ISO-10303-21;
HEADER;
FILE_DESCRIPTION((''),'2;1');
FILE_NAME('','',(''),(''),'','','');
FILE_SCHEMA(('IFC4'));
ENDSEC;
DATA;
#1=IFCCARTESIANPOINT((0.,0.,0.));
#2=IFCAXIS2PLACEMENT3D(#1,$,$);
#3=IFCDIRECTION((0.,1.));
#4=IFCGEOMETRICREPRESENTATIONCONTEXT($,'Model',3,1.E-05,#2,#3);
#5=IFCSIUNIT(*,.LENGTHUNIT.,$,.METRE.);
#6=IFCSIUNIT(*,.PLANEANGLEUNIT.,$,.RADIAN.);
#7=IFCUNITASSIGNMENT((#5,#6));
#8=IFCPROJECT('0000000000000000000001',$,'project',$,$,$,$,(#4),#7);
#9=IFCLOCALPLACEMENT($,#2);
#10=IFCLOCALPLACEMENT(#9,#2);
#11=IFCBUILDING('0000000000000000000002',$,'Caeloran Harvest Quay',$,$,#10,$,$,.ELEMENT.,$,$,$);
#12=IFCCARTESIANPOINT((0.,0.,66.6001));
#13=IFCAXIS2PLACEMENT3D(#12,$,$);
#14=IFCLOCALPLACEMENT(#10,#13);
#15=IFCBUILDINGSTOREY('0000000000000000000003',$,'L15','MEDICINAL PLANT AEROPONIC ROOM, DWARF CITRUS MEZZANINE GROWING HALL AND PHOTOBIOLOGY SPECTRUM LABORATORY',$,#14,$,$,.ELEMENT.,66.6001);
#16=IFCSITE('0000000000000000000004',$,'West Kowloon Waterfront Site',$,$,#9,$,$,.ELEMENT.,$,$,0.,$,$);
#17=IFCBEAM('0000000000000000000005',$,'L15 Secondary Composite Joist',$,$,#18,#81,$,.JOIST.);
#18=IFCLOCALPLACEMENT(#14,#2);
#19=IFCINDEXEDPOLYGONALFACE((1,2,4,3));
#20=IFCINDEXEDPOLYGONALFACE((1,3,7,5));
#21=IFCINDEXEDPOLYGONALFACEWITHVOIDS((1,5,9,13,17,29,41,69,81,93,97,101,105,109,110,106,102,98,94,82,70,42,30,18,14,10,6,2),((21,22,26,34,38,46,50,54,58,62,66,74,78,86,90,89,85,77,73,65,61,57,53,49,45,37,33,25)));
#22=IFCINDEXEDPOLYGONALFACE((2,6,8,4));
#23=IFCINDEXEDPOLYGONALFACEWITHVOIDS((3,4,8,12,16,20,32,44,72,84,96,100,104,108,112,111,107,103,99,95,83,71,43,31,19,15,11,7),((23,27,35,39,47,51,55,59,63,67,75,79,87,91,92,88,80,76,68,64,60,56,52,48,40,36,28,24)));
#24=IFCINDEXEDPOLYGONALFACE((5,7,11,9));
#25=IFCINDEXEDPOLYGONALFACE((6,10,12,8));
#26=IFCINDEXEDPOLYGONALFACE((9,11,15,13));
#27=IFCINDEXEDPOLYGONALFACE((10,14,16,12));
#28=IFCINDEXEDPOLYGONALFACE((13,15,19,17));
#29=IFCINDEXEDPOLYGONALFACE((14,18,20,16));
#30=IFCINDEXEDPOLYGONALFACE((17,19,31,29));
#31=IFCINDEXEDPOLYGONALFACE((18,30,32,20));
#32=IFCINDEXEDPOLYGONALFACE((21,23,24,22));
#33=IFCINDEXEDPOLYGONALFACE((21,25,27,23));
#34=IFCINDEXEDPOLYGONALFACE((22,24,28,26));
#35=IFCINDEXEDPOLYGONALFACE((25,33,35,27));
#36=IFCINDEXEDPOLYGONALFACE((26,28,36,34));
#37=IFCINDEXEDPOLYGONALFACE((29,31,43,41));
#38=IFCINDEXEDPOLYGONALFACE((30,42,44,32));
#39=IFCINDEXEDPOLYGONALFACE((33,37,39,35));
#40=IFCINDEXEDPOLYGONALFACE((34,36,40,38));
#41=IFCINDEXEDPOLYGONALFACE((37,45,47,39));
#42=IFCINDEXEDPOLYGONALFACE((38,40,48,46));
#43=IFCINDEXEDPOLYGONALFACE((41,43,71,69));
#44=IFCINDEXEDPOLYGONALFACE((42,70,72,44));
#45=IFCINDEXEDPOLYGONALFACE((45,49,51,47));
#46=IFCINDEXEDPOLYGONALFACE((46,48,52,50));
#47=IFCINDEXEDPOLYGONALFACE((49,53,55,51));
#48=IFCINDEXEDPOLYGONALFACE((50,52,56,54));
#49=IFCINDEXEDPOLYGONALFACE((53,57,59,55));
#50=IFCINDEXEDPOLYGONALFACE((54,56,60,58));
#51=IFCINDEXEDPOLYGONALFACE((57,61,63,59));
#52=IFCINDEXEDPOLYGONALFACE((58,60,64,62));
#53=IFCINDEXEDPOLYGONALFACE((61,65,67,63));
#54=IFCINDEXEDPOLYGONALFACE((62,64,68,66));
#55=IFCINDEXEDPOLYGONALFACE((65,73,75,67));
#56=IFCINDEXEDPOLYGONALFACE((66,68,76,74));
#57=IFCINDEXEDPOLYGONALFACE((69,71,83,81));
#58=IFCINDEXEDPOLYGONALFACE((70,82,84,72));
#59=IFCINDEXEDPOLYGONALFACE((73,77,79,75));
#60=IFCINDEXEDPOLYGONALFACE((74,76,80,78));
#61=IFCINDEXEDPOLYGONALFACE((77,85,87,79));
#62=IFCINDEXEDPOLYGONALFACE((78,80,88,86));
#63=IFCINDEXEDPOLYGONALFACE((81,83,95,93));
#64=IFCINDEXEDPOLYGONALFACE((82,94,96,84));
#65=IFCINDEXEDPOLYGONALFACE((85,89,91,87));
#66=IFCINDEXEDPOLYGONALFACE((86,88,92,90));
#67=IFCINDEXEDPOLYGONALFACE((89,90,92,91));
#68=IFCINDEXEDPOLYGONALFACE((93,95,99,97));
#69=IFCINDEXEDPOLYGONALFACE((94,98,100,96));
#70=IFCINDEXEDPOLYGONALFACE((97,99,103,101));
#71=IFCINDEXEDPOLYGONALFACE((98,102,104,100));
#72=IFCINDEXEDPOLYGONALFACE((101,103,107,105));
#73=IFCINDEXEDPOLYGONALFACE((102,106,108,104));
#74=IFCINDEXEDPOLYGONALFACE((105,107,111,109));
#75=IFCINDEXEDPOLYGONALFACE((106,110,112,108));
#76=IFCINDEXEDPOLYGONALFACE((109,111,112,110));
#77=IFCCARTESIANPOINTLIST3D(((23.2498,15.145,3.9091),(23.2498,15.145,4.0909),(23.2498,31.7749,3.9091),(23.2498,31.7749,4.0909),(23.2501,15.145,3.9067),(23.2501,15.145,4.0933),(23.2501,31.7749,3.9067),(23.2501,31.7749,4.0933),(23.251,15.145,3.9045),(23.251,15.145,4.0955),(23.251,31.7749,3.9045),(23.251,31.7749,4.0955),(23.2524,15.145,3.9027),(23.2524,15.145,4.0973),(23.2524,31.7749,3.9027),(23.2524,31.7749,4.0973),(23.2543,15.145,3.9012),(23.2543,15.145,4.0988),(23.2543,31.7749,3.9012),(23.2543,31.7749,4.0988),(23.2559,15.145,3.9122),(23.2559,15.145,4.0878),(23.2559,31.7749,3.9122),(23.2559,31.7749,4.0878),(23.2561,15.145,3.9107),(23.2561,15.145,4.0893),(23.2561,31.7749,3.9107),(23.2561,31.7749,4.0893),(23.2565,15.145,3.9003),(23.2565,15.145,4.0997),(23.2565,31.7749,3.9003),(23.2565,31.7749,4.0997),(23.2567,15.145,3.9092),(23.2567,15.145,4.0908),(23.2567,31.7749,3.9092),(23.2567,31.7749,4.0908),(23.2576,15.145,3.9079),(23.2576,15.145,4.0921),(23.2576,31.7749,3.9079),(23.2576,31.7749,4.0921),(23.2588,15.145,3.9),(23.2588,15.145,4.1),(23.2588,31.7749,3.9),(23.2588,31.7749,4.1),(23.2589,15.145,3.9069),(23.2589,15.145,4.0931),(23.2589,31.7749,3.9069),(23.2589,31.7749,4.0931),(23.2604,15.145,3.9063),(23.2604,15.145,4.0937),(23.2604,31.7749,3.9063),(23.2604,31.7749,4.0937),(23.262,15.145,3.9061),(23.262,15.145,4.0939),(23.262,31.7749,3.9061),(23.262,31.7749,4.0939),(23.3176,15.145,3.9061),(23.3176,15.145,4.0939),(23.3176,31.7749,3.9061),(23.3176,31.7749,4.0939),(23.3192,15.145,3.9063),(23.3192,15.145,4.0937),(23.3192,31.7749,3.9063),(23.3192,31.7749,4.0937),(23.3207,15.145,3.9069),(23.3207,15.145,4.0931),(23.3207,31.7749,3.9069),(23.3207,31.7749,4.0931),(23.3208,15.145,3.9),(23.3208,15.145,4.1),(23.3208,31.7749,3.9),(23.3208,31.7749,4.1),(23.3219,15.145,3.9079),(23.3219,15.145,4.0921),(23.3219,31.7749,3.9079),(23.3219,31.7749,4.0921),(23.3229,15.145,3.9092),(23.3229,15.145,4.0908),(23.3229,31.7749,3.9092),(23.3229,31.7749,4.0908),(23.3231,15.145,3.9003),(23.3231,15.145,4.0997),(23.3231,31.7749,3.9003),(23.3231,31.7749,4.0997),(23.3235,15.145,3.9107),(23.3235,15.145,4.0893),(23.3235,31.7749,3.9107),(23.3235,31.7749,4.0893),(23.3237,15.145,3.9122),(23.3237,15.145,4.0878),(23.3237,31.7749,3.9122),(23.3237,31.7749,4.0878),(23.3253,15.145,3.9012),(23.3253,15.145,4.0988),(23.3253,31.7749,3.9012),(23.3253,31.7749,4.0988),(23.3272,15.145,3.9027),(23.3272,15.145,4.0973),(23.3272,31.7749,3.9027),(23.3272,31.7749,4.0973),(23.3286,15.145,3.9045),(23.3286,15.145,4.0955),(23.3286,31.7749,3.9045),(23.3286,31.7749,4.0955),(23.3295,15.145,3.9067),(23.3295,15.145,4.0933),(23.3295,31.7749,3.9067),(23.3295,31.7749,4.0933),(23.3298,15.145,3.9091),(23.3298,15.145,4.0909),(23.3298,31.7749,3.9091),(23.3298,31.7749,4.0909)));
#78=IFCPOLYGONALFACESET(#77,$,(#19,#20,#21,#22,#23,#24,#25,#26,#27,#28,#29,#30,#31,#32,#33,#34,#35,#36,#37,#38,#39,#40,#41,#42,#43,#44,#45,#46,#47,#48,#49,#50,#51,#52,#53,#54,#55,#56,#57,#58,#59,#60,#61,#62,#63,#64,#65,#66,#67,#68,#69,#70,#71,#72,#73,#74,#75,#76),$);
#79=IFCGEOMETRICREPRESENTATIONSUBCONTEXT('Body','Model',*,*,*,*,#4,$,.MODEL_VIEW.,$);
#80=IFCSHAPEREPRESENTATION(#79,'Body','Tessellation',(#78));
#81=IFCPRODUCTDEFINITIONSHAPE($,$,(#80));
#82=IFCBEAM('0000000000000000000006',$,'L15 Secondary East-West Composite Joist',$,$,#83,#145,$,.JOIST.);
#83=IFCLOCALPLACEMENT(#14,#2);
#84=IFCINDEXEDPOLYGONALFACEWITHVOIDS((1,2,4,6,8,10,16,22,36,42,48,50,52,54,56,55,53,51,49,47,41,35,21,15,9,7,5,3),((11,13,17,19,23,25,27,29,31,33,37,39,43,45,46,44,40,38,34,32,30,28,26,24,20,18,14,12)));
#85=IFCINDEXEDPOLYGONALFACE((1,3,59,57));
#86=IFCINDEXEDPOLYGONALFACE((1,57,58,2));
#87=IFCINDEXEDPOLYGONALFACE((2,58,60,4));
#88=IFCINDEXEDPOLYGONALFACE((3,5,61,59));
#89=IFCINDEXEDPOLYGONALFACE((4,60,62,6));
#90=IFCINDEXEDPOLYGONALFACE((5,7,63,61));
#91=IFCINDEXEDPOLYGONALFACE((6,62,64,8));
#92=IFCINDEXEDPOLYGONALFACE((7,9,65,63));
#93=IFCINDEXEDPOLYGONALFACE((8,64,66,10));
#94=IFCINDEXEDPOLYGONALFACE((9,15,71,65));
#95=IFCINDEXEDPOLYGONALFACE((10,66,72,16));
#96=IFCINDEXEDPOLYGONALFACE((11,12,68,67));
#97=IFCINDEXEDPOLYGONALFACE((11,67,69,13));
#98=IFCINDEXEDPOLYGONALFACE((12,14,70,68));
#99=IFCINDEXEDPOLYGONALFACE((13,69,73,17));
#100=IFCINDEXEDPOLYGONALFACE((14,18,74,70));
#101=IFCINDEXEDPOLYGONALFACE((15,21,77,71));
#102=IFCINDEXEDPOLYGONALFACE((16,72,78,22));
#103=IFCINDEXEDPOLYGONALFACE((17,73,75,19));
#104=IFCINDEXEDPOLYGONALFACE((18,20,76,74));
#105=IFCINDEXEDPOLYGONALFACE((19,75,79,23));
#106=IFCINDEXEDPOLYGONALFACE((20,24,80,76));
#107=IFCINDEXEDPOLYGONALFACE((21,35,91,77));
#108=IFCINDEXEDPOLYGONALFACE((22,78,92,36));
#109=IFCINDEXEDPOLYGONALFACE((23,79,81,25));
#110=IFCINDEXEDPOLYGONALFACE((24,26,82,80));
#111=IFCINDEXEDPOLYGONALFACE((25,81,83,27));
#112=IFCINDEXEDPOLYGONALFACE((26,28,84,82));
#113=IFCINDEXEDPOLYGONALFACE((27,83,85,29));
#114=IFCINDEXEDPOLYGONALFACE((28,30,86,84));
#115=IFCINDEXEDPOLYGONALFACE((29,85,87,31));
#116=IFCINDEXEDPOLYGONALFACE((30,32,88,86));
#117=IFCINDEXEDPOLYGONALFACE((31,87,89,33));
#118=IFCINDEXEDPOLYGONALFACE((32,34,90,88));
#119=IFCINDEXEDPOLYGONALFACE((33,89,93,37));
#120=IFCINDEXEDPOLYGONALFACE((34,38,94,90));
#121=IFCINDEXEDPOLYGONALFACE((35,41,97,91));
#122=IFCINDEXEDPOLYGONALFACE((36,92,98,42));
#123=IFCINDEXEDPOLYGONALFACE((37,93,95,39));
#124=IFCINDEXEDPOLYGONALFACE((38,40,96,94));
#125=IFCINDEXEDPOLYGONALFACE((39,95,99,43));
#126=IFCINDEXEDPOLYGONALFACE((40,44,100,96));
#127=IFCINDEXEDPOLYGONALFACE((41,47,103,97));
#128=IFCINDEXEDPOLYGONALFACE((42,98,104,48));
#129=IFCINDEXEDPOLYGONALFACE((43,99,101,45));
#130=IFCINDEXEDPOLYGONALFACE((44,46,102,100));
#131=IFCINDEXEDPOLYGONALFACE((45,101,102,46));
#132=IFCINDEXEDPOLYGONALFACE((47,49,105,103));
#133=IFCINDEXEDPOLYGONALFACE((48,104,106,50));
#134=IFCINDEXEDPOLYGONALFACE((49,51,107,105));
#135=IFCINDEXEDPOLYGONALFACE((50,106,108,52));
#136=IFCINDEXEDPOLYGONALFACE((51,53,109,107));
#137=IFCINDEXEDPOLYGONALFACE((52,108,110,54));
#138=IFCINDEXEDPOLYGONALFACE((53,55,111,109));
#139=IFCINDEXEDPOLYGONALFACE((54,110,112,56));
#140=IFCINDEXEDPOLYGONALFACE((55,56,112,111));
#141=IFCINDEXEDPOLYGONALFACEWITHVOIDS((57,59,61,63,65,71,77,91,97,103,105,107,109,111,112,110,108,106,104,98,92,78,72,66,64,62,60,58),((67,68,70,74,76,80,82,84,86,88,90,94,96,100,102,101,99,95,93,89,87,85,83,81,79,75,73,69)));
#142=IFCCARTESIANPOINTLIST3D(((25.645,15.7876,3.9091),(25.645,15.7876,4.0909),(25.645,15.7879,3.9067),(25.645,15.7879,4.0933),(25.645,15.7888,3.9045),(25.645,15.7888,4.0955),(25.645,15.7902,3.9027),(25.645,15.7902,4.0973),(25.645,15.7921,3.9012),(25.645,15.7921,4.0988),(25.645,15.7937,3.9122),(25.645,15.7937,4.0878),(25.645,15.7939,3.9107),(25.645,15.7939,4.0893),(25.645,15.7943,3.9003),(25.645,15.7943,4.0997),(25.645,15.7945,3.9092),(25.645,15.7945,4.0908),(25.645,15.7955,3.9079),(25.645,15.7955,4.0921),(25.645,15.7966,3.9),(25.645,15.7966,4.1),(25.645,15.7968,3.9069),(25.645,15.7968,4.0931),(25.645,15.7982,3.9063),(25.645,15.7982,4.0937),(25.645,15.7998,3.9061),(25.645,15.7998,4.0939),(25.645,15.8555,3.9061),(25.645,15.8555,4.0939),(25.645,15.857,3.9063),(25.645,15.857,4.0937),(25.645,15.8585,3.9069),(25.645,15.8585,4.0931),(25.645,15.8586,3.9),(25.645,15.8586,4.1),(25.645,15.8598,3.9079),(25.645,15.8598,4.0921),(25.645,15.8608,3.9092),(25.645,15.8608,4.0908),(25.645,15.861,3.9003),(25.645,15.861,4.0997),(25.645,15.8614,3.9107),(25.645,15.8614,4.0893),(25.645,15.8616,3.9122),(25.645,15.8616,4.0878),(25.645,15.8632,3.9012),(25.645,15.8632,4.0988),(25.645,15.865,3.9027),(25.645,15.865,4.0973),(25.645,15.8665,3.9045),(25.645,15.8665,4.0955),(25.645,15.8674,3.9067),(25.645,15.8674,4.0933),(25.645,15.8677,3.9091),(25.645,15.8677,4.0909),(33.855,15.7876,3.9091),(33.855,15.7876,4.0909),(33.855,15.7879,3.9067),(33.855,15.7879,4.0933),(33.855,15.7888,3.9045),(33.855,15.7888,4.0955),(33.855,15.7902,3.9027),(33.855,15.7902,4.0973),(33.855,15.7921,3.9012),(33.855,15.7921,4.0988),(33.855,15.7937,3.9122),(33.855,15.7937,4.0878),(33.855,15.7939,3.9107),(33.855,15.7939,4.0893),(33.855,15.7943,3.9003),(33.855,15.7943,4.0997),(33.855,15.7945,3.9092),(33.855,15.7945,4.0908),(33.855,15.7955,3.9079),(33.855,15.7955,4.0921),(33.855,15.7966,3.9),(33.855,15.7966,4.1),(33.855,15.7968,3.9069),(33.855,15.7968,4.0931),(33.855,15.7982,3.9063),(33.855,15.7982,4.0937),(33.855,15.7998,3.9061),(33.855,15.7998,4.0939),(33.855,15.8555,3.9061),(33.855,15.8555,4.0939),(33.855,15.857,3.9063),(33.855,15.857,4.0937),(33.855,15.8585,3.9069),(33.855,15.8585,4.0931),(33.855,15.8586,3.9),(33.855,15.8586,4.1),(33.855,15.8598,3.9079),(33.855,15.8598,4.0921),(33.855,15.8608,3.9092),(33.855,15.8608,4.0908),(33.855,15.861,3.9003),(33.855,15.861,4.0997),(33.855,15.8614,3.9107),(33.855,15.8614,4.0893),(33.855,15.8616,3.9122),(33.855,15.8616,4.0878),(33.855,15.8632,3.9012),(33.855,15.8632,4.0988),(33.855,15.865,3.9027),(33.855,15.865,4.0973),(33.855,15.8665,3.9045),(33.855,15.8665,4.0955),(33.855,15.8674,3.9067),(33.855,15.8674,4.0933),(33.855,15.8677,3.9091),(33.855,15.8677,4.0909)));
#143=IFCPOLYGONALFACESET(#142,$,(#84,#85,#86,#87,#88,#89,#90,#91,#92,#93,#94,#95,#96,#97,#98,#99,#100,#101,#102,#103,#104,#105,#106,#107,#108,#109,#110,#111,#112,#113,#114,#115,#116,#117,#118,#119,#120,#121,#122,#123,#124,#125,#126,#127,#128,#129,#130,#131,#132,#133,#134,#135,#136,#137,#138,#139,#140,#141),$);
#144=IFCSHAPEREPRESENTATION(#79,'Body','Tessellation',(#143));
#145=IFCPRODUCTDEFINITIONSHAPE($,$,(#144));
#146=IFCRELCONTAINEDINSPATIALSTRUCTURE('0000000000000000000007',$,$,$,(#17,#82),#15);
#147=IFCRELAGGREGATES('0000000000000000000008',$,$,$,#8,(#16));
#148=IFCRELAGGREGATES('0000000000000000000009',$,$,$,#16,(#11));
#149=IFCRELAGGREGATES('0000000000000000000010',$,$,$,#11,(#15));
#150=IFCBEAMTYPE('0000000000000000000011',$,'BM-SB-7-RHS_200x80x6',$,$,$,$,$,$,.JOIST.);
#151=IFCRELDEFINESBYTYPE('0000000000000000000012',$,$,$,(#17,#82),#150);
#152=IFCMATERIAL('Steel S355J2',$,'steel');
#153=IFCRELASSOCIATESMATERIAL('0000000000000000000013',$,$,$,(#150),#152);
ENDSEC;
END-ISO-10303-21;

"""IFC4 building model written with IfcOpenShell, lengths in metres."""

from ifc_helpers import new_model, si_unit, direction, frame, origin, origin_2d, place, context, subcontext, project, spatial, hollow_rectangle, extrude, material, material_profile, profile_set, type_object, element, save


model = new_model("IFC4")

# Units and contexts
model_context = context("Model", 3, precision=1e-05, world=origin(), true_north=direction((0.0, 1.0)))
body_context = subcontext(model_context, "Body", "Model", "MODEL_VIEW")
ifc_project = project(units=[si_unit("LENGTHUNIT", "METRE"), si_unit("PLANEANGLEUNIT", "RADIAN")], contexts=[model_context])

# Site, building, storey
site_placement = place(None, origin())
site = spatial("IfcSite", under=ifc_project, at=site_placement, Name="West Kowloon Waterfront Site", CompositionType="ELEMENT", RefElevation=0.0)
building_placement = place(site_placement, origin())
building = spatial("IfcBuilding", under=site, at=building_placement, Name="Caeloran Harvest Quay", CompositionType="ELEMENT")
storey_placement = place(building_placement, frame((0.0, 0.0, 66.6001)))
storey = spatial("IfcBuildingStorey", under=building, at=storey_placement, Name="L15", Description="MEDICINAL PLANT AEROPONIC ROOM, DWARF CITRUS MEZZANINE GROWING HALL AND PHOTOBIOLOGY SPECTRUM LABORATORY", CompositionType="ELEMENT", Elevation=66.6001)

# Beams
ifc_material_1 = material(Name="Steel S355J2", Category="steel")
ifc_material_profile_1 = material_profile(ifc_material_1, hollow_rectangle(XDim=0.0801, YDim=0.2, WallThickness=0.0061, InnerFilletRadius=0.0061, OuterFilletRadius=0.009, at=origin_2d()), Name="RHS 200x80x6")
ifc_profile_set_1 = profile_set([ifc_material_profile_1], Name="Steel S355J2")
beam_type_1 = type_object("IfcBeamType", Name="BM-SB-7-RHS_200x80x6", PredefinedType="JOIST", material=ifc_profile_set_1)
for number, where, z_axis, x_axis, name in (
    (1, (23.2898, 15.145, 4.0), (0.0, 1.0, 0.0), (-1.0, 0.0, 0.0), "L15 Secondary Composite Joist"),
):
    element("IfcBeam", number, at=place(storey_placement, frame(where, z_axis=z_axis, x_axis=x_axis)), inside=storey, type_object=beam_type_1, Name=name, PredefinedType="JOIST", context=body_context, shape_type="SweptSolid", body=[
        extrude(hollow_rectangle(XDim=0.0801, YDim=0.2, WallThickness=0.0061, InnerFilletRadius=0.0061, OuterFilletRadius=0.009, at=origin_2d()), origin(), (0.0, 0.0, 1.0), 16.6299),
    ])
for number, where, z_axis, x_axis, name in (
    (2, (25.645, 15.8276, 4.0), (1.0, 0.0, 0.0), (0.0, 1.0, 0.0), "L15 Secondary East-West Composite Joist"),
):
    element("IfcBeam", number, at=place(storey_placement, frame(where, z_axis=z_axis, x_axis=x_axis)), inside=storey, type_object=beam_type_1, Name=name, PredefinedType="JOIST", context=body_context, shape_type="SweptSolid", body=[
        extrude(hollow_rectangle(XDim=0.0801, YDim=0.2, WallThickness=0.0061, InnerFilletRadius=0.0061, OuterFilletRadius=0.009, at=origin_2d()), origin(), (0.0, 0.0, 1.0), 8.21),
    ])

save(model, "model.ifc")
